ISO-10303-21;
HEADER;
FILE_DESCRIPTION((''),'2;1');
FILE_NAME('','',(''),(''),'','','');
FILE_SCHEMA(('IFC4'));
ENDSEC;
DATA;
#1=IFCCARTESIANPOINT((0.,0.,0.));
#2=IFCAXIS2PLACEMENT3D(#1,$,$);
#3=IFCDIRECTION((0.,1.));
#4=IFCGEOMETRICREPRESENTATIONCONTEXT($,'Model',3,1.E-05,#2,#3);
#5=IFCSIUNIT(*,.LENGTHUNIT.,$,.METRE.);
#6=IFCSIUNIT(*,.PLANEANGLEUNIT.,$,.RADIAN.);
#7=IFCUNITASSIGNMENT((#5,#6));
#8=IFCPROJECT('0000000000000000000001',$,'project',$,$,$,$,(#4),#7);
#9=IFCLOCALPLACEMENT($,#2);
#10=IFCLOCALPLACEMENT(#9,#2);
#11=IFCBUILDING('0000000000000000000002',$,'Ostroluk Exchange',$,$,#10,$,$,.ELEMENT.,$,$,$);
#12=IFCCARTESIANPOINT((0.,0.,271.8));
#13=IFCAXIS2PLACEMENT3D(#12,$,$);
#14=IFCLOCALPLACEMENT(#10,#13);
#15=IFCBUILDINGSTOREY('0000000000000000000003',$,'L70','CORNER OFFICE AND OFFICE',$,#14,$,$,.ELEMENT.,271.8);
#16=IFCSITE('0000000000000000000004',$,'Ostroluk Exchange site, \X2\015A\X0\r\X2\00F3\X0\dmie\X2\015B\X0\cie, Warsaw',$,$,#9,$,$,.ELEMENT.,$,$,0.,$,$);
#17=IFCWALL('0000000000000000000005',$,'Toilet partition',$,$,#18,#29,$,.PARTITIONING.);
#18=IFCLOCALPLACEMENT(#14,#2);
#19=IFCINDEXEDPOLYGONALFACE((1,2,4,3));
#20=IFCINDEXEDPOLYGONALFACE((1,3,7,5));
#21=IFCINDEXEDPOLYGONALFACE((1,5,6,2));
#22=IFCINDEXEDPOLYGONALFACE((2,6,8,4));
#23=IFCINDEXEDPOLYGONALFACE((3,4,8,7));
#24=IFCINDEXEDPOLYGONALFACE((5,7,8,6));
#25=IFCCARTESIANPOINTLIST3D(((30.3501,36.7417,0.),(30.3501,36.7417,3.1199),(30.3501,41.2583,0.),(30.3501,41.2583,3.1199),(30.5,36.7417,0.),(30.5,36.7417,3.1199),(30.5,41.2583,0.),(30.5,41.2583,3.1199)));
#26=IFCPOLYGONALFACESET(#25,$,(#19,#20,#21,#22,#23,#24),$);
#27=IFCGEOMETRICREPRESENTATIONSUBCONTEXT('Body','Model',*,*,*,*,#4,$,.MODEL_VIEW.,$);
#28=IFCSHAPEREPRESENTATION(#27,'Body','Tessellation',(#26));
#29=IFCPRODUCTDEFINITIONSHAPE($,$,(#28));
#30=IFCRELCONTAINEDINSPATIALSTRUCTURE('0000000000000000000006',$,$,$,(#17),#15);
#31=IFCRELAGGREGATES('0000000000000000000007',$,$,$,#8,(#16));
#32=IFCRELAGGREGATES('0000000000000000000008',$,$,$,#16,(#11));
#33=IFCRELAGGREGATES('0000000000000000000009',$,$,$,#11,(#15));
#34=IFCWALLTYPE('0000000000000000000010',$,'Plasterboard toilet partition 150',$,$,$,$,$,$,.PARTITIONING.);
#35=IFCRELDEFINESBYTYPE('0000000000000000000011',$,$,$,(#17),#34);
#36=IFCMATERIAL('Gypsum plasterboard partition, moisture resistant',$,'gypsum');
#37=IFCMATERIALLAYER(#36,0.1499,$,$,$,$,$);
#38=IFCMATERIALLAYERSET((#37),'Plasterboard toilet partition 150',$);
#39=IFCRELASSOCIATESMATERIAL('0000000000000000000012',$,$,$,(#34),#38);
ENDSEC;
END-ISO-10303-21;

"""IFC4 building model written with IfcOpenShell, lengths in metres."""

from ifc_helpers import new_model, si_unit, direction, frame, frame_2d, origin, place, context, subcontext, project, spatial, rectangle, extrude, material, layer, layer_set, type_object, element, save


model = new_model("IFC4")

# Units and contexts
model_context = context("Model", 3, precision=1e-05, world=origin(), true_north=direction((0.0, 1.0)))
body_context = subcontext(model_context, "Body", "Model", "MODEL_VIEW")
ifc_project = project(units=[si_unit("LENGTHUNIT", "METRE"), si_unit("PLANEANGLEUNIT", "RADIAN")], contexts=[model_context])

# Site, building, storey
site_placement = place(None, origin())
site = spatial("IfcSite", under=ifc_project, at=site_placement, Name="Ostroluk Exchange site, Śródmieście, Warsaw", CompositionType="ELEMENT", RefElevation=0.0)
building_placement = place(site_placement, origin())
building = spatial("IfcBuilding", under=site, at=building_placement, Name="Ostroluk Exchange", CompositionType="ELEMENT")
storey_placement = place(building_placement, frame((0.0, 0.0, 271.8)))
storey = spatial("IfcBuildingStorey", under=building, at=storey_placement, Name="L70", Description="CORNER OFFICE AND OFFICE", CompositionType="ELEMENT", Elevation=271.8)

# Wall
ifc_material_1 = material(Name="Gypsum plasterboard partition, moisture resistant", Category="gypsum")
ifc_layer_1 = layer(ifc_material_1, 0.1499)
ifc_layer_set_1 = layer_set([ifc_layer_1], Name="Plasterboard toilet partition 150")
wall_type_1 = type_object("IfcWallType", Name="Plasterboard toilet partition 150", PredefinedType="PARTITIONING", material=ifc_layer_set_1)
wall_1_placement = place(storey_placement, frame((30.425, 41.2583, 0.0), z_axis=(0.0, 0.0, 1.0), x_axis=(0.0, -1.0, 0.0)))
element("IfcWall", 1, at=wall_1_placement, inside=storey, type_object=wall_type_1, Name="Toilet partition", PredefinedType="PARTITIONING", context=body_context, shape_type="SweptSolid", body=[
    extrude(rectangle(XDim=4.5166, YDim=0.1499, at=frame_2d((2.2583, 0.0))), origin(), (0.0, 0.0, 1.0), 3.1199),
])

save(model, "model.ifc")
